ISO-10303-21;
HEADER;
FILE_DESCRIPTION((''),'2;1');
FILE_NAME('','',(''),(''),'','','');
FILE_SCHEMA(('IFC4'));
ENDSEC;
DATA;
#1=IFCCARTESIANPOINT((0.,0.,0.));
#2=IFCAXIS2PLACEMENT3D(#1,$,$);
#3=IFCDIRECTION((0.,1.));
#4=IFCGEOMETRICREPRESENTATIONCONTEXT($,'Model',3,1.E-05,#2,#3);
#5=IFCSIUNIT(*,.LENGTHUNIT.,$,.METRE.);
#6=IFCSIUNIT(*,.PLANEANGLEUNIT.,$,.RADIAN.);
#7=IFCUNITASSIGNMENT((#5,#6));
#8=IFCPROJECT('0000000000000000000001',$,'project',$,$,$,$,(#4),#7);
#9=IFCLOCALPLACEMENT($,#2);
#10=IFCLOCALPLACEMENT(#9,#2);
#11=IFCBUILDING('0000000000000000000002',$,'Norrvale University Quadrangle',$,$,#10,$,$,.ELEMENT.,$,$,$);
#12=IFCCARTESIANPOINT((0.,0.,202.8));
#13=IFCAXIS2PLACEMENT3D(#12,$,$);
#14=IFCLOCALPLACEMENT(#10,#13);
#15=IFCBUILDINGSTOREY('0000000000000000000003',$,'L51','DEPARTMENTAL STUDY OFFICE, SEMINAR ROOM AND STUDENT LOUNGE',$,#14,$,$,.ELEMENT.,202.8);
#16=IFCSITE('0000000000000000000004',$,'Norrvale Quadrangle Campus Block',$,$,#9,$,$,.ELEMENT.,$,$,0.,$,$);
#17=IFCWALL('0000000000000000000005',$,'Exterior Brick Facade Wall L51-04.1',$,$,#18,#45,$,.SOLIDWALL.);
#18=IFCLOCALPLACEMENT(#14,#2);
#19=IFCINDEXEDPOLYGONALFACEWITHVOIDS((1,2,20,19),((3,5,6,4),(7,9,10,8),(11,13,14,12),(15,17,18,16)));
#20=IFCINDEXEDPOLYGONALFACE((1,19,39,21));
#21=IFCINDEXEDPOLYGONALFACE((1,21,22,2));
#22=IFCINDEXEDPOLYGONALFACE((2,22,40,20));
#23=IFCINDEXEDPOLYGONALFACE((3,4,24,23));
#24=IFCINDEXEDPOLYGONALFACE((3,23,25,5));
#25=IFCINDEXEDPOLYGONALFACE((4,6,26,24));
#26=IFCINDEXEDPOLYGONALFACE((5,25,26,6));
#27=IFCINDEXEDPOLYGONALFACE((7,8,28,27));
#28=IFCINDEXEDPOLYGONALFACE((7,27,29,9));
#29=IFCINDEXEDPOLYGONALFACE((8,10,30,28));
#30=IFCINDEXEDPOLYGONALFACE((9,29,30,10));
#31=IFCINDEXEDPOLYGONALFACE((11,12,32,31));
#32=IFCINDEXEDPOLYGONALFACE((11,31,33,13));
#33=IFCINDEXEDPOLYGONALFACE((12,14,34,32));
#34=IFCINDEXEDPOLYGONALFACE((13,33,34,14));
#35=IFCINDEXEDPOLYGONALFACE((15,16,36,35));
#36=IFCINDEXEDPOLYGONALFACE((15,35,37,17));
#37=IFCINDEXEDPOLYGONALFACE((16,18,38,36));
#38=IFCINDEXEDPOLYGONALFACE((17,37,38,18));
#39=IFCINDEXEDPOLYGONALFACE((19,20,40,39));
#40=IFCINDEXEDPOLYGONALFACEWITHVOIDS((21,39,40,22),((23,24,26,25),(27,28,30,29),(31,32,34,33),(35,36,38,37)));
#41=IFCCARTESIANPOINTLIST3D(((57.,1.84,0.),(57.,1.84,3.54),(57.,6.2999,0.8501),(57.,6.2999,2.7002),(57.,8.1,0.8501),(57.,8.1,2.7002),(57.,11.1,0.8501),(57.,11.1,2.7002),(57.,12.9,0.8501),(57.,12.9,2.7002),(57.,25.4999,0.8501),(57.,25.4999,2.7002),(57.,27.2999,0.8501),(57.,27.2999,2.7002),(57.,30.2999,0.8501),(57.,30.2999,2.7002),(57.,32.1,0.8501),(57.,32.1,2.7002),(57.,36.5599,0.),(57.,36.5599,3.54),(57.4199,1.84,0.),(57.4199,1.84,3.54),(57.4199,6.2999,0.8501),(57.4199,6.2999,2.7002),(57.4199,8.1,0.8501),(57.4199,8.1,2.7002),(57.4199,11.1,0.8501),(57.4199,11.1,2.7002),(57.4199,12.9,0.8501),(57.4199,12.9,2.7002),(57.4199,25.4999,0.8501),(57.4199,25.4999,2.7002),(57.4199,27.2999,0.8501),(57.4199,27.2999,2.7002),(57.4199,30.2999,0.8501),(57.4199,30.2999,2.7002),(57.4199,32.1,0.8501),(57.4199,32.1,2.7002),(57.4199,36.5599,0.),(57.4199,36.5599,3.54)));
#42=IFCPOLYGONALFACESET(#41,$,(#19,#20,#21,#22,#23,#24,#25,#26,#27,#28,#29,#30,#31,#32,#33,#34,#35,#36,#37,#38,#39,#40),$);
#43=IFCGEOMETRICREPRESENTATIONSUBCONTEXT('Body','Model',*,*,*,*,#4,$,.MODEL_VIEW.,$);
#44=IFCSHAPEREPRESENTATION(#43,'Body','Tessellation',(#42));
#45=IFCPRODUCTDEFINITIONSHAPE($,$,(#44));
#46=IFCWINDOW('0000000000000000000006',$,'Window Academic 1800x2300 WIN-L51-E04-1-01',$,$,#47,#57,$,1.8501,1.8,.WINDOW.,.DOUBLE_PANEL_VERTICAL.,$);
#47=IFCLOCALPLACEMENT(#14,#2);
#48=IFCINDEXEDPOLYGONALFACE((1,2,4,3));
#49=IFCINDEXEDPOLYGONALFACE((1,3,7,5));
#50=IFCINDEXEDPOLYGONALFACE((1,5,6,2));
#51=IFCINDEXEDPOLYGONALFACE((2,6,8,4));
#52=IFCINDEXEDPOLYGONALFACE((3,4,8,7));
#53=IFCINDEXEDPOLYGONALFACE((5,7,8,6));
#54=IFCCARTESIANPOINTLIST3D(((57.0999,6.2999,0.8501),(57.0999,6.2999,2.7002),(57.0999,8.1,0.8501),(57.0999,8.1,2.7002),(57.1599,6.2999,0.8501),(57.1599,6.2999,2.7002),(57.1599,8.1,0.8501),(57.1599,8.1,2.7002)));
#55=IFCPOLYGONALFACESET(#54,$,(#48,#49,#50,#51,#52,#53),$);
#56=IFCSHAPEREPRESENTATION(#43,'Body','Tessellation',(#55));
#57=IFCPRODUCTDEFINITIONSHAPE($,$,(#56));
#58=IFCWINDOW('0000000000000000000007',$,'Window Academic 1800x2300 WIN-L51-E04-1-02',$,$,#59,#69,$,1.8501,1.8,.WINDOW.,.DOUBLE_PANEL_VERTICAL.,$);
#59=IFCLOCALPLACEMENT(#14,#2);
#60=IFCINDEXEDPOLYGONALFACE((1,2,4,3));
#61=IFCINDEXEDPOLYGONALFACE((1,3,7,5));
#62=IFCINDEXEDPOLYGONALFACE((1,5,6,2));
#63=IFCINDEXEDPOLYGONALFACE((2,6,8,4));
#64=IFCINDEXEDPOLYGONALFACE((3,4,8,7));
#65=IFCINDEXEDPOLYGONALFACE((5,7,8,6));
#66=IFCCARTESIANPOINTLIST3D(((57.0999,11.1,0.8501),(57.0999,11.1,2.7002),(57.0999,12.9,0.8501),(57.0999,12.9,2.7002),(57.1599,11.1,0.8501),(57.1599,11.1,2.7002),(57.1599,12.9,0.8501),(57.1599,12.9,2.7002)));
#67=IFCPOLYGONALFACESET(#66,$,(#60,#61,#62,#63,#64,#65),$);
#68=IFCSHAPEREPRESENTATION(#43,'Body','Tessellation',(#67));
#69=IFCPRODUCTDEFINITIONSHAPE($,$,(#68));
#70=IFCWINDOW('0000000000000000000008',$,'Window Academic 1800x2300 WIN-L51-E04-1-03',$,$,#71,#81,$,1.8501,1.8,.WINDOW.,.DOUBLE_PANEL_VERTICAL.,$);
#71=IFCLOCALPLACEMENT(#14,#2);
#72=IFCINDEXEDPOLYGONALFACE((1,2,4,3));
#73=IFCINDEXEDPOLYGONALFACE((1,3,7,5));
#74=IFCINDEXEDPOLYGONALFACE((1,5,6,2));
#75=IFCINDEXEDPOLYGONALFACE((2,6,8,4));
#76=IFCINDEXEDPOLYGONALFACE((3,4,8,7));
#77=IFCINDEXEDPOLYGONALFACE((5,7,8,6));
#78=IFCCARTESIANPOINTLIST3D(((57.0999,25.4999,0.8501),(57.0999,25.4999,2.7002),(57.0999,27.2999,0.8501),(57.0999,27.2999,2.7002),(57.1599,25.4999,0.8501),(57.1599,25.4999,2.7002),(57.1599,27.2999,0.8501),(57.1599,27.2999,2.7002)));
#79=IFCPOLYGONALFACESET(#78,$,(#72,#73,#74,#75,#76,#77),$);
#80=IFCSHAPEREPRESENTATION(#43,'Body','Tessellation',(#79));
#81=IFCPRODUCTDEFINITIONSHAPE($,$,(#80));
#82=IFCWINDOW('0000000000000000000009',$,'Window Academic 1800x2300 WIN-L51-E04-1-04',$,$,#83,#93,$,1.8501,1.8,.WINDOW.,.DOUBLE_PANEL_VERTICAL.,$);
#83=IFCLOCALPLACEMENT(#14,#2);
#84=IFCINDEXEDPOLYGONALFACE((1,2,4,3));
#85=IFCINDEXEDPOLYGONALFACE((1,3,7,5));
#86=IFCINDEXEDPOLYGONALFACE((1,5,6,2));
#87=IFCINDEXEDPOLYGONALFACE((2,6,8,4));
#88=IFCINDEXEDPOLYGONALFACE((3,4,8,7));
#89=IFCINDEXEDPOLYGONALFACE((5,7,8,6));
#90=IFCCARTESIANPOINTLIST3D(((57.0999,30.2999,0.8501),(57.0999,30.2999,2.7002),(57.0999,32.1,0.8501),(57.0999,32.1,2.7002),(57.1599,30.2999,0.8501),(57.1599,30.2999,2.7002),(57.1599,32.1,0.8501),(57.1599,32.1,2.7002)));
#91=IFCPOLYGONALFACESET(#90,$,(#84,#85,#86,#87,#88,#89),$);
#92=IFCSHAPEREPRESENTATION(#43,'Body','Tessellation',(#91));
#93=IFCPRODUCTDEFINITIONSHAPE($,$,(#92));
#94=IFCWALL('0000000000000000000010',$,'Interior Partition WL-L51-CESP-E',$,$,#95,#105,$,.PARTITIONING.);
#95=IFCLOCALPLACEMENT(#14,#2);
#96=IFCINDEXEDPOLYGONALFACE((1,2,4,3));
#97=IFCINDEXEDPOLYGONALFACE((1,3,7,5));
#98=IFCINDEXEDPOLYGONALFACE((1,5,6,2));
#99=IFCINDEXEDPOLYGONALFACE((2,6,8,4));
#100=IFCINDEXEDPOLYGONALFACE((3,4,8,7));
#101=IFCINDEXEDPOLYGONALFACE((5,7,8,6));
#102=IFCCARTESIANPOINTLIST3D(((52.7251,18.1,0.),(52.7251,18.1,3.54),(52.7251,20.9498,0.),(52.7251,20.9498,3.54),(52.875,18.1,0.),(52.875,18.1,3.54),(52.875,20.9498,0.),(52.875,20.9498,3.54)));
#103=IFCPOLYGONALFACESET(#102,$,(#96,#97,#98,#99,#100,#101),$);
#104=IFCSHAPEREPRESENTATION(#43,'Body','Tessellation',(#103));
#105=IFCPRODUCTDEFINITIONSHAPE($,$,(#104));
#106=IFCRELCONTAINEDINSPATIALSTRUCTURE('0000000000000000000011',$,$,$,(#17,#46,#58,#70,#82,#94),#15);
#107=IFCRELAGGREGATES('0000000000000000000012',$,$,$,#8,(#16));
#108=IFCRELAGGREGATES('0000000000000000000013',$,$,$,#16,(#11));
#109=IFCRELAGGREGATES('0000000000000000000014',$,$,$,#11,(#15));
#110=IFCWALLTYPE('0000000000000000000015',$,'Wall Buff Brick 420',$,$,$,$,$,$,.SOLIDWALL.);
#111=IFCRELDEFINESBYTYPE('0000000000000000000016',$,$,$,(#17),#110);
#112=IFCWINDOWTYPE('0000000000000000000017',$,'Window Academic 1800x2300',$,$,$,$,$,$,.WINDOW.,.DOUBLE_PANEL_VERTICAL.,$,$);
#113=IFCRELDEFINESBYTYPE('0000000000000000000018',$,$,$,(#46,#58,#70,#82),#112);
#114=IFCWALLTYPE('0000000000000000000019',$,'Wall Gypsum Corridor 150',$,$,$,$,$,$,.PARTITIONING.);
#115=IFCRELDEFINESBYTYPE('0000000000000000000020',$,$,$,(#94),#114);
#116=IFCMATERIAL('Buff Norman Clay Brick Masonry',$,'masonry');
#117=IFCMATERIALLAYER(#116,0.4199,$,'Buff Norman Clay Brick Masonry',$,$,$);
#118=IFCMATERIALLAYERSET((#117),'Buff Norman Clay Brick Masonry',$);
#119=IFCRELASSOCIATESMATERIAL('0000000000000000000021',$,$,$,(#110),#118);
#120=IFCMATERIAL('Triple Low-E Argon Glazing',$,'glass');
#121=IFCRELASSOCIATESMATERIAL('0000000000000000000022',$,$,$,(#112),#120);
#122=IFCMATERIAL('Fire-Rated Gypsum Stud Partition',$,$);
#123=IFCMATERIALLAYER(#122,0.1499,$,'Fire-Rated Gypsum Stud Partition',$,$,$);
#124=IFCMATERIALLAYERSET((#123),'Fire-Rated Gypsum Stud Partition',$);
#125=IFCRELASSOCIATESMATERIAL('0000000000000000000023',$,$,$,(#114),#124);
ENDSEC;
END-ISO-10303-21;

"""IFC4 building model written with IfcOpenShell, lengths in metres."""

from ifc_helpers import new_model, si_unit, direction, frame, frame_2d, origin, place, context, subcontext, project, spatial, rectangle, extrude, material, layer, layer_set, type_object, element, fill, save


model = new_model("IFC4")

# Units and contexts
model_context = context("Model", 3, precision=1e-05, world=origin(), true_north=direction((0.0, 1.0)))
body_context = subcontext(model_context, "Body", "Model", "MODEL_VIEW")
ifc_project = project(units=[si_unit("LENGTHUNIT", "METRE"), si_unit("PLANEANGLEUNIT", "RADIAN")], contexts=[model_context])

# Site, building, storey
site_placement = place(None, origin())
site = spatial("IfcSite", under=ifc_project, at=site_placement, Name="Norrvale Quadrangle Campus Block", CompositionType="ELEMENT", RefElevation=0.0)
building_placement = place(site_placement, origin())
building = spatial("IfcBuilding", under=site, at=building_placement, Name="Norrvale University Quadrangle", CompositionType="ELEMENT")
storey_placement = place(building_placement, frame((0.0, 0.0, 202.8)))
storey = spatial("IfcBuildingStorey", under=building, at=storey_placement, Name="L51", Description="DEPARTMENTAL STUDY OFFICE, SEMINAR ROOM AND STUDENT LOUNGE", CompositionType="ELEMENT", Elevation=202.8)

# Shared definitions
ifc_material_1 = material(Name="Buff Norman Clay Brick Masonry", Category="masonry")
ifc_layer_1 = layer(ifc_material_1, 0.4199, Name="Buff Norman Clay Brick Masonry")
ifc_layer_set_1 = layer_set([ifc_layer_1], Name="Buff Norman Clay Brick Masonry")
wall_type_1 = type_object("IfcWallType", Name="Wall Buff Brick 420", PredefinedType="SOLIDWALL", material=ifc_layer_set_1)

# Wall, openings, windows
wall_1_placement = place(storey_placement, frame((57.21, 1.8401, 0.0), z_axis=(0.0, 0.0, 1.0), x_axis=(0.0, 1.0, 0.0)))
wall_1 = element("IfcWall", 1, at=wall_1_placement, inside=storey, type_object=wall_type_1, Name="Exterior Brick Facade Wall L51-04.1", PredefinedType="SOLIDWALL", context=body_context, shape_type="SweptSolid", body=[
    extrude(rectangle(XDim=34.72, YDim=0.4199, at=frame_2d((17.3599, 0.0))), origin(), (0.0, 0.0, 1.0), 3.54),
])
opening_1_placement = place(wall_1_placement, frame((4.46, 0.0, 0.8501)))
opening_1 = element("IfcOpeningElement", 2, at=opening_1_placement, cuts=wall_1, PredefinedType="OPENING", context=body_context, shape_type="SweptSolid", body=[
    extrude(rectangle(XDim=1.8, YDim=1.8501, at=frame_2d((0.8999, 0.925))), frame((0.0, 0.2219, 0.0), z_axis=(0.0, -1.0, 0.0), x_axis=(1.0, 0.0, 0.0)), (0.0, 0.0, 1.0), 0.4438),
])
opening_2_placement = place(wall_1_placement, frame((9.26, 0.0, 0.8501)))
opening_2 = element("IfcOpeningElement", 3, at=opening_2_placement, cuts=wall_1, PredefinedType="OPENING", context=body_context, shape_type="SweptSolid", body=[
    extrude(rectangle(XDim=1.8, YDim=1.8501, at=frame_2d((0.8999, 0.925))), frame((0.0, 0.2219, 0.0), z_axis=(0.0, -1.0, 0.0), x_axis=(1.0, 0.0, 0.0)), (0.0, 0.0, 1.0), 0.4438),
])
opening_3_placement = place(wall_1_placement, frame((23.6599, 0.0, 0.8501)))
opening_3 = element("IfcOpeningElement", 4, at=opening_3_placement, cuts=wall_1, PredefinedType="OPENING", context=body_context, shape_type="SweptSolid", body=[
    extrude(rectangle(XDim=1.8, YDim=1.8501, at=frame_2d((0.8999, 0.925))), frame((0.0, 0.2219, 0.0), z_axis=(0.0, -1.0, 0.0), x_axis=(1.0, 0.0, 0.0)), (0.0, 0.0, 1.0), 0.4438),
])
opening_4_placement = place(wall_1_placement, frame((28.46, 0.0, 0.8501)))
opening_4 = element("IfcOpeningElement", 5, at=opening_4_placement, cuts=wall_1, PredefinedType="OPENING", context=body_context, shape_type="SweptSolid", body=[
    extrude(rectangle(XDim=1.8, YDim=1.8501, at=frame_2d((0.8999, 0.925))), frame((0.0, 0.2219, 0.0), z_axis=(0.0, -1.0, 0.0), x_axis=(1.0, 0.0, 0.0)), (0.0, 0.0, 1.0), 0.4438),
])
ifc_material_2 = material(Name="Triple Low-E Argon Glazing", Category="glass")
window_type = type_object("IfcWindowType", Name="Window Academic 1800x2300", PartitioningType="DOUBLE_PANEL_VERTICAL", PredefinedType="WINDOW", material=ifc_material_2)
window_1_placement = place(opening_1_placement, origin())
window_1 = element("IfcWindow", 6, at=window_1_placement, inside=storey, type_object=window_type, Name="Window Academic 1800x2300 WIN-L51-E04-1-01", OverallHeight=1.8501, OverallWidth=1.8, PartitioningType="DOUBLE_PANEL_VERTICAL", PredefinedType="WINDOW", context=body_context, shape_type="SweptSolid", body=[
    extrude(rectangle(XDim=1.8, YDim=1.8501, at=frame_2d((0.8999, 0.925))), frame((0.0, 0.1101, 0.0), z_axis=(0.0, -1.0, 0.0), x_axis=(1.0, 0.0, 0.0)), (0.0, 0.0, 1.0), 0.0601),
])
fill(opening_1, window_1)
window_2_placement = place(opening_2_placement, origin())
window_2 = element("IfcWindow", 7, at=window_2_placement, inside=storey, type_object=window_type, Name="Window Academic 1800x2300 WIN-L51-E04-1-02", OverallHeight=1.8501, OverallWidth=1.8, PartitioningType="DOUBLE_PANEL_VERTICAL", PredefinedType="WINDOW", context=body_context, shape_type="SweptSolid", body=[
    extrude(rectangle(XDim=1.8, YDim=1.8501, at=frame_2d((0.8999, 0.925))), frame((0.0, 0.1101, 0.0), z_axis=(0.0, -1.0, 0.0), x_axis=(1.0, 0.0, 0.0)), (0.0, 0.0, 1.0), 0.0601),
])
fill(opening_2, window_2)
window_3_placement = place(opening_3_placement, origin())
window_3 = element("IfcWindow", 8, at=window_3_placement, inside=storey, type_object=window_type, Name="Window Academic 1800x2300 WIN-L51-E04-1-03", OverallHeight=1.8501, OverallWidth=1.8, PartitioningType="DOUBLE_PANEL_VERTICAL", PredefinedType="WINDOW", context=body_context, shape_type="SweptSolid", body=[
    extrude(rectangle(XDim=1.8, YDim=1.8501, at=frame_2d((0.8999, 0.925))), frame((0.0, 0.1101, 0.0), z_axis=(0.0, -1.0, 0.0), x_axis=(1.0, 0.0, 0.0)), (0.0, 0.0, 1.0), 0.0601),
])
fill(opening_3, window_3)
window_4_placement = place(opening_4_placement, origin())
window_4 = element("IfcWindow", 9, at=window_4_placement, inside=storey, type_object=window_type, Name="Window Academic 1800x2300 WIN-L51-E04-1-04", OverallHeight=1.8501, OverallWidth=1.8, PartitioningType="DOUBLE_PANEL_VERTICAL", PredefinedType="WINDOW", context=body_context, shape_type="SweptSolid", body=[
    extrude(rectangle(XDim=1.8, YDim=1.8501, at=frame_2d((0.8999, 0.925))), frame((0.0, 0.1101, 0.0), z_axis=(0.0, -1.0, 0.0), x_axis=(1.0, 0.0, 0.0)), (0.0, 0.0, 1.0), 0.0601),
])
fill(opening_4, window_4)

# Wall
ifc_material_3 = material(Name="Fire-Rated Gypsum Stud Partition")
ifc_layer_2 = layer(ifc_material_3, 0.1499, Name="Fire-Rated Gypsum Stud Partition")
ifc_layer_set_2 = layer_set([ifc_layer_2], Name="Fire-Rated Gypsum Stud Partition")
wall_type_2 = type_object("IfcWallType", Name="Wall Gypsum Corridor 150", PredefinedType="PARTITIONING", material=ifc_layer_set_2)
wall_2_placement = place(storey_placement, frame((52.8, 18.1001, 0.0), z_axis=(0.0, 0.0, 1.0), x_axis=(0.0, 1.0, 0.0)))
element("IfcWall", 10, at=wall_2_placement, inside=storey, type_object=wall_type_2, Name="Interior Partition WL-L51-CESP-E", PredefinedType="PARTITIONING", context=body_context, shape_type="SweptSolid", body=[
    extrude(rectangle(XDim=2.8499, YDim=0.1499, at=frame_2d((1.4248, 0.0))), origin(), (0.0, 0.0, 1.0), 3.54),
])

save(model, "model.ifc")
